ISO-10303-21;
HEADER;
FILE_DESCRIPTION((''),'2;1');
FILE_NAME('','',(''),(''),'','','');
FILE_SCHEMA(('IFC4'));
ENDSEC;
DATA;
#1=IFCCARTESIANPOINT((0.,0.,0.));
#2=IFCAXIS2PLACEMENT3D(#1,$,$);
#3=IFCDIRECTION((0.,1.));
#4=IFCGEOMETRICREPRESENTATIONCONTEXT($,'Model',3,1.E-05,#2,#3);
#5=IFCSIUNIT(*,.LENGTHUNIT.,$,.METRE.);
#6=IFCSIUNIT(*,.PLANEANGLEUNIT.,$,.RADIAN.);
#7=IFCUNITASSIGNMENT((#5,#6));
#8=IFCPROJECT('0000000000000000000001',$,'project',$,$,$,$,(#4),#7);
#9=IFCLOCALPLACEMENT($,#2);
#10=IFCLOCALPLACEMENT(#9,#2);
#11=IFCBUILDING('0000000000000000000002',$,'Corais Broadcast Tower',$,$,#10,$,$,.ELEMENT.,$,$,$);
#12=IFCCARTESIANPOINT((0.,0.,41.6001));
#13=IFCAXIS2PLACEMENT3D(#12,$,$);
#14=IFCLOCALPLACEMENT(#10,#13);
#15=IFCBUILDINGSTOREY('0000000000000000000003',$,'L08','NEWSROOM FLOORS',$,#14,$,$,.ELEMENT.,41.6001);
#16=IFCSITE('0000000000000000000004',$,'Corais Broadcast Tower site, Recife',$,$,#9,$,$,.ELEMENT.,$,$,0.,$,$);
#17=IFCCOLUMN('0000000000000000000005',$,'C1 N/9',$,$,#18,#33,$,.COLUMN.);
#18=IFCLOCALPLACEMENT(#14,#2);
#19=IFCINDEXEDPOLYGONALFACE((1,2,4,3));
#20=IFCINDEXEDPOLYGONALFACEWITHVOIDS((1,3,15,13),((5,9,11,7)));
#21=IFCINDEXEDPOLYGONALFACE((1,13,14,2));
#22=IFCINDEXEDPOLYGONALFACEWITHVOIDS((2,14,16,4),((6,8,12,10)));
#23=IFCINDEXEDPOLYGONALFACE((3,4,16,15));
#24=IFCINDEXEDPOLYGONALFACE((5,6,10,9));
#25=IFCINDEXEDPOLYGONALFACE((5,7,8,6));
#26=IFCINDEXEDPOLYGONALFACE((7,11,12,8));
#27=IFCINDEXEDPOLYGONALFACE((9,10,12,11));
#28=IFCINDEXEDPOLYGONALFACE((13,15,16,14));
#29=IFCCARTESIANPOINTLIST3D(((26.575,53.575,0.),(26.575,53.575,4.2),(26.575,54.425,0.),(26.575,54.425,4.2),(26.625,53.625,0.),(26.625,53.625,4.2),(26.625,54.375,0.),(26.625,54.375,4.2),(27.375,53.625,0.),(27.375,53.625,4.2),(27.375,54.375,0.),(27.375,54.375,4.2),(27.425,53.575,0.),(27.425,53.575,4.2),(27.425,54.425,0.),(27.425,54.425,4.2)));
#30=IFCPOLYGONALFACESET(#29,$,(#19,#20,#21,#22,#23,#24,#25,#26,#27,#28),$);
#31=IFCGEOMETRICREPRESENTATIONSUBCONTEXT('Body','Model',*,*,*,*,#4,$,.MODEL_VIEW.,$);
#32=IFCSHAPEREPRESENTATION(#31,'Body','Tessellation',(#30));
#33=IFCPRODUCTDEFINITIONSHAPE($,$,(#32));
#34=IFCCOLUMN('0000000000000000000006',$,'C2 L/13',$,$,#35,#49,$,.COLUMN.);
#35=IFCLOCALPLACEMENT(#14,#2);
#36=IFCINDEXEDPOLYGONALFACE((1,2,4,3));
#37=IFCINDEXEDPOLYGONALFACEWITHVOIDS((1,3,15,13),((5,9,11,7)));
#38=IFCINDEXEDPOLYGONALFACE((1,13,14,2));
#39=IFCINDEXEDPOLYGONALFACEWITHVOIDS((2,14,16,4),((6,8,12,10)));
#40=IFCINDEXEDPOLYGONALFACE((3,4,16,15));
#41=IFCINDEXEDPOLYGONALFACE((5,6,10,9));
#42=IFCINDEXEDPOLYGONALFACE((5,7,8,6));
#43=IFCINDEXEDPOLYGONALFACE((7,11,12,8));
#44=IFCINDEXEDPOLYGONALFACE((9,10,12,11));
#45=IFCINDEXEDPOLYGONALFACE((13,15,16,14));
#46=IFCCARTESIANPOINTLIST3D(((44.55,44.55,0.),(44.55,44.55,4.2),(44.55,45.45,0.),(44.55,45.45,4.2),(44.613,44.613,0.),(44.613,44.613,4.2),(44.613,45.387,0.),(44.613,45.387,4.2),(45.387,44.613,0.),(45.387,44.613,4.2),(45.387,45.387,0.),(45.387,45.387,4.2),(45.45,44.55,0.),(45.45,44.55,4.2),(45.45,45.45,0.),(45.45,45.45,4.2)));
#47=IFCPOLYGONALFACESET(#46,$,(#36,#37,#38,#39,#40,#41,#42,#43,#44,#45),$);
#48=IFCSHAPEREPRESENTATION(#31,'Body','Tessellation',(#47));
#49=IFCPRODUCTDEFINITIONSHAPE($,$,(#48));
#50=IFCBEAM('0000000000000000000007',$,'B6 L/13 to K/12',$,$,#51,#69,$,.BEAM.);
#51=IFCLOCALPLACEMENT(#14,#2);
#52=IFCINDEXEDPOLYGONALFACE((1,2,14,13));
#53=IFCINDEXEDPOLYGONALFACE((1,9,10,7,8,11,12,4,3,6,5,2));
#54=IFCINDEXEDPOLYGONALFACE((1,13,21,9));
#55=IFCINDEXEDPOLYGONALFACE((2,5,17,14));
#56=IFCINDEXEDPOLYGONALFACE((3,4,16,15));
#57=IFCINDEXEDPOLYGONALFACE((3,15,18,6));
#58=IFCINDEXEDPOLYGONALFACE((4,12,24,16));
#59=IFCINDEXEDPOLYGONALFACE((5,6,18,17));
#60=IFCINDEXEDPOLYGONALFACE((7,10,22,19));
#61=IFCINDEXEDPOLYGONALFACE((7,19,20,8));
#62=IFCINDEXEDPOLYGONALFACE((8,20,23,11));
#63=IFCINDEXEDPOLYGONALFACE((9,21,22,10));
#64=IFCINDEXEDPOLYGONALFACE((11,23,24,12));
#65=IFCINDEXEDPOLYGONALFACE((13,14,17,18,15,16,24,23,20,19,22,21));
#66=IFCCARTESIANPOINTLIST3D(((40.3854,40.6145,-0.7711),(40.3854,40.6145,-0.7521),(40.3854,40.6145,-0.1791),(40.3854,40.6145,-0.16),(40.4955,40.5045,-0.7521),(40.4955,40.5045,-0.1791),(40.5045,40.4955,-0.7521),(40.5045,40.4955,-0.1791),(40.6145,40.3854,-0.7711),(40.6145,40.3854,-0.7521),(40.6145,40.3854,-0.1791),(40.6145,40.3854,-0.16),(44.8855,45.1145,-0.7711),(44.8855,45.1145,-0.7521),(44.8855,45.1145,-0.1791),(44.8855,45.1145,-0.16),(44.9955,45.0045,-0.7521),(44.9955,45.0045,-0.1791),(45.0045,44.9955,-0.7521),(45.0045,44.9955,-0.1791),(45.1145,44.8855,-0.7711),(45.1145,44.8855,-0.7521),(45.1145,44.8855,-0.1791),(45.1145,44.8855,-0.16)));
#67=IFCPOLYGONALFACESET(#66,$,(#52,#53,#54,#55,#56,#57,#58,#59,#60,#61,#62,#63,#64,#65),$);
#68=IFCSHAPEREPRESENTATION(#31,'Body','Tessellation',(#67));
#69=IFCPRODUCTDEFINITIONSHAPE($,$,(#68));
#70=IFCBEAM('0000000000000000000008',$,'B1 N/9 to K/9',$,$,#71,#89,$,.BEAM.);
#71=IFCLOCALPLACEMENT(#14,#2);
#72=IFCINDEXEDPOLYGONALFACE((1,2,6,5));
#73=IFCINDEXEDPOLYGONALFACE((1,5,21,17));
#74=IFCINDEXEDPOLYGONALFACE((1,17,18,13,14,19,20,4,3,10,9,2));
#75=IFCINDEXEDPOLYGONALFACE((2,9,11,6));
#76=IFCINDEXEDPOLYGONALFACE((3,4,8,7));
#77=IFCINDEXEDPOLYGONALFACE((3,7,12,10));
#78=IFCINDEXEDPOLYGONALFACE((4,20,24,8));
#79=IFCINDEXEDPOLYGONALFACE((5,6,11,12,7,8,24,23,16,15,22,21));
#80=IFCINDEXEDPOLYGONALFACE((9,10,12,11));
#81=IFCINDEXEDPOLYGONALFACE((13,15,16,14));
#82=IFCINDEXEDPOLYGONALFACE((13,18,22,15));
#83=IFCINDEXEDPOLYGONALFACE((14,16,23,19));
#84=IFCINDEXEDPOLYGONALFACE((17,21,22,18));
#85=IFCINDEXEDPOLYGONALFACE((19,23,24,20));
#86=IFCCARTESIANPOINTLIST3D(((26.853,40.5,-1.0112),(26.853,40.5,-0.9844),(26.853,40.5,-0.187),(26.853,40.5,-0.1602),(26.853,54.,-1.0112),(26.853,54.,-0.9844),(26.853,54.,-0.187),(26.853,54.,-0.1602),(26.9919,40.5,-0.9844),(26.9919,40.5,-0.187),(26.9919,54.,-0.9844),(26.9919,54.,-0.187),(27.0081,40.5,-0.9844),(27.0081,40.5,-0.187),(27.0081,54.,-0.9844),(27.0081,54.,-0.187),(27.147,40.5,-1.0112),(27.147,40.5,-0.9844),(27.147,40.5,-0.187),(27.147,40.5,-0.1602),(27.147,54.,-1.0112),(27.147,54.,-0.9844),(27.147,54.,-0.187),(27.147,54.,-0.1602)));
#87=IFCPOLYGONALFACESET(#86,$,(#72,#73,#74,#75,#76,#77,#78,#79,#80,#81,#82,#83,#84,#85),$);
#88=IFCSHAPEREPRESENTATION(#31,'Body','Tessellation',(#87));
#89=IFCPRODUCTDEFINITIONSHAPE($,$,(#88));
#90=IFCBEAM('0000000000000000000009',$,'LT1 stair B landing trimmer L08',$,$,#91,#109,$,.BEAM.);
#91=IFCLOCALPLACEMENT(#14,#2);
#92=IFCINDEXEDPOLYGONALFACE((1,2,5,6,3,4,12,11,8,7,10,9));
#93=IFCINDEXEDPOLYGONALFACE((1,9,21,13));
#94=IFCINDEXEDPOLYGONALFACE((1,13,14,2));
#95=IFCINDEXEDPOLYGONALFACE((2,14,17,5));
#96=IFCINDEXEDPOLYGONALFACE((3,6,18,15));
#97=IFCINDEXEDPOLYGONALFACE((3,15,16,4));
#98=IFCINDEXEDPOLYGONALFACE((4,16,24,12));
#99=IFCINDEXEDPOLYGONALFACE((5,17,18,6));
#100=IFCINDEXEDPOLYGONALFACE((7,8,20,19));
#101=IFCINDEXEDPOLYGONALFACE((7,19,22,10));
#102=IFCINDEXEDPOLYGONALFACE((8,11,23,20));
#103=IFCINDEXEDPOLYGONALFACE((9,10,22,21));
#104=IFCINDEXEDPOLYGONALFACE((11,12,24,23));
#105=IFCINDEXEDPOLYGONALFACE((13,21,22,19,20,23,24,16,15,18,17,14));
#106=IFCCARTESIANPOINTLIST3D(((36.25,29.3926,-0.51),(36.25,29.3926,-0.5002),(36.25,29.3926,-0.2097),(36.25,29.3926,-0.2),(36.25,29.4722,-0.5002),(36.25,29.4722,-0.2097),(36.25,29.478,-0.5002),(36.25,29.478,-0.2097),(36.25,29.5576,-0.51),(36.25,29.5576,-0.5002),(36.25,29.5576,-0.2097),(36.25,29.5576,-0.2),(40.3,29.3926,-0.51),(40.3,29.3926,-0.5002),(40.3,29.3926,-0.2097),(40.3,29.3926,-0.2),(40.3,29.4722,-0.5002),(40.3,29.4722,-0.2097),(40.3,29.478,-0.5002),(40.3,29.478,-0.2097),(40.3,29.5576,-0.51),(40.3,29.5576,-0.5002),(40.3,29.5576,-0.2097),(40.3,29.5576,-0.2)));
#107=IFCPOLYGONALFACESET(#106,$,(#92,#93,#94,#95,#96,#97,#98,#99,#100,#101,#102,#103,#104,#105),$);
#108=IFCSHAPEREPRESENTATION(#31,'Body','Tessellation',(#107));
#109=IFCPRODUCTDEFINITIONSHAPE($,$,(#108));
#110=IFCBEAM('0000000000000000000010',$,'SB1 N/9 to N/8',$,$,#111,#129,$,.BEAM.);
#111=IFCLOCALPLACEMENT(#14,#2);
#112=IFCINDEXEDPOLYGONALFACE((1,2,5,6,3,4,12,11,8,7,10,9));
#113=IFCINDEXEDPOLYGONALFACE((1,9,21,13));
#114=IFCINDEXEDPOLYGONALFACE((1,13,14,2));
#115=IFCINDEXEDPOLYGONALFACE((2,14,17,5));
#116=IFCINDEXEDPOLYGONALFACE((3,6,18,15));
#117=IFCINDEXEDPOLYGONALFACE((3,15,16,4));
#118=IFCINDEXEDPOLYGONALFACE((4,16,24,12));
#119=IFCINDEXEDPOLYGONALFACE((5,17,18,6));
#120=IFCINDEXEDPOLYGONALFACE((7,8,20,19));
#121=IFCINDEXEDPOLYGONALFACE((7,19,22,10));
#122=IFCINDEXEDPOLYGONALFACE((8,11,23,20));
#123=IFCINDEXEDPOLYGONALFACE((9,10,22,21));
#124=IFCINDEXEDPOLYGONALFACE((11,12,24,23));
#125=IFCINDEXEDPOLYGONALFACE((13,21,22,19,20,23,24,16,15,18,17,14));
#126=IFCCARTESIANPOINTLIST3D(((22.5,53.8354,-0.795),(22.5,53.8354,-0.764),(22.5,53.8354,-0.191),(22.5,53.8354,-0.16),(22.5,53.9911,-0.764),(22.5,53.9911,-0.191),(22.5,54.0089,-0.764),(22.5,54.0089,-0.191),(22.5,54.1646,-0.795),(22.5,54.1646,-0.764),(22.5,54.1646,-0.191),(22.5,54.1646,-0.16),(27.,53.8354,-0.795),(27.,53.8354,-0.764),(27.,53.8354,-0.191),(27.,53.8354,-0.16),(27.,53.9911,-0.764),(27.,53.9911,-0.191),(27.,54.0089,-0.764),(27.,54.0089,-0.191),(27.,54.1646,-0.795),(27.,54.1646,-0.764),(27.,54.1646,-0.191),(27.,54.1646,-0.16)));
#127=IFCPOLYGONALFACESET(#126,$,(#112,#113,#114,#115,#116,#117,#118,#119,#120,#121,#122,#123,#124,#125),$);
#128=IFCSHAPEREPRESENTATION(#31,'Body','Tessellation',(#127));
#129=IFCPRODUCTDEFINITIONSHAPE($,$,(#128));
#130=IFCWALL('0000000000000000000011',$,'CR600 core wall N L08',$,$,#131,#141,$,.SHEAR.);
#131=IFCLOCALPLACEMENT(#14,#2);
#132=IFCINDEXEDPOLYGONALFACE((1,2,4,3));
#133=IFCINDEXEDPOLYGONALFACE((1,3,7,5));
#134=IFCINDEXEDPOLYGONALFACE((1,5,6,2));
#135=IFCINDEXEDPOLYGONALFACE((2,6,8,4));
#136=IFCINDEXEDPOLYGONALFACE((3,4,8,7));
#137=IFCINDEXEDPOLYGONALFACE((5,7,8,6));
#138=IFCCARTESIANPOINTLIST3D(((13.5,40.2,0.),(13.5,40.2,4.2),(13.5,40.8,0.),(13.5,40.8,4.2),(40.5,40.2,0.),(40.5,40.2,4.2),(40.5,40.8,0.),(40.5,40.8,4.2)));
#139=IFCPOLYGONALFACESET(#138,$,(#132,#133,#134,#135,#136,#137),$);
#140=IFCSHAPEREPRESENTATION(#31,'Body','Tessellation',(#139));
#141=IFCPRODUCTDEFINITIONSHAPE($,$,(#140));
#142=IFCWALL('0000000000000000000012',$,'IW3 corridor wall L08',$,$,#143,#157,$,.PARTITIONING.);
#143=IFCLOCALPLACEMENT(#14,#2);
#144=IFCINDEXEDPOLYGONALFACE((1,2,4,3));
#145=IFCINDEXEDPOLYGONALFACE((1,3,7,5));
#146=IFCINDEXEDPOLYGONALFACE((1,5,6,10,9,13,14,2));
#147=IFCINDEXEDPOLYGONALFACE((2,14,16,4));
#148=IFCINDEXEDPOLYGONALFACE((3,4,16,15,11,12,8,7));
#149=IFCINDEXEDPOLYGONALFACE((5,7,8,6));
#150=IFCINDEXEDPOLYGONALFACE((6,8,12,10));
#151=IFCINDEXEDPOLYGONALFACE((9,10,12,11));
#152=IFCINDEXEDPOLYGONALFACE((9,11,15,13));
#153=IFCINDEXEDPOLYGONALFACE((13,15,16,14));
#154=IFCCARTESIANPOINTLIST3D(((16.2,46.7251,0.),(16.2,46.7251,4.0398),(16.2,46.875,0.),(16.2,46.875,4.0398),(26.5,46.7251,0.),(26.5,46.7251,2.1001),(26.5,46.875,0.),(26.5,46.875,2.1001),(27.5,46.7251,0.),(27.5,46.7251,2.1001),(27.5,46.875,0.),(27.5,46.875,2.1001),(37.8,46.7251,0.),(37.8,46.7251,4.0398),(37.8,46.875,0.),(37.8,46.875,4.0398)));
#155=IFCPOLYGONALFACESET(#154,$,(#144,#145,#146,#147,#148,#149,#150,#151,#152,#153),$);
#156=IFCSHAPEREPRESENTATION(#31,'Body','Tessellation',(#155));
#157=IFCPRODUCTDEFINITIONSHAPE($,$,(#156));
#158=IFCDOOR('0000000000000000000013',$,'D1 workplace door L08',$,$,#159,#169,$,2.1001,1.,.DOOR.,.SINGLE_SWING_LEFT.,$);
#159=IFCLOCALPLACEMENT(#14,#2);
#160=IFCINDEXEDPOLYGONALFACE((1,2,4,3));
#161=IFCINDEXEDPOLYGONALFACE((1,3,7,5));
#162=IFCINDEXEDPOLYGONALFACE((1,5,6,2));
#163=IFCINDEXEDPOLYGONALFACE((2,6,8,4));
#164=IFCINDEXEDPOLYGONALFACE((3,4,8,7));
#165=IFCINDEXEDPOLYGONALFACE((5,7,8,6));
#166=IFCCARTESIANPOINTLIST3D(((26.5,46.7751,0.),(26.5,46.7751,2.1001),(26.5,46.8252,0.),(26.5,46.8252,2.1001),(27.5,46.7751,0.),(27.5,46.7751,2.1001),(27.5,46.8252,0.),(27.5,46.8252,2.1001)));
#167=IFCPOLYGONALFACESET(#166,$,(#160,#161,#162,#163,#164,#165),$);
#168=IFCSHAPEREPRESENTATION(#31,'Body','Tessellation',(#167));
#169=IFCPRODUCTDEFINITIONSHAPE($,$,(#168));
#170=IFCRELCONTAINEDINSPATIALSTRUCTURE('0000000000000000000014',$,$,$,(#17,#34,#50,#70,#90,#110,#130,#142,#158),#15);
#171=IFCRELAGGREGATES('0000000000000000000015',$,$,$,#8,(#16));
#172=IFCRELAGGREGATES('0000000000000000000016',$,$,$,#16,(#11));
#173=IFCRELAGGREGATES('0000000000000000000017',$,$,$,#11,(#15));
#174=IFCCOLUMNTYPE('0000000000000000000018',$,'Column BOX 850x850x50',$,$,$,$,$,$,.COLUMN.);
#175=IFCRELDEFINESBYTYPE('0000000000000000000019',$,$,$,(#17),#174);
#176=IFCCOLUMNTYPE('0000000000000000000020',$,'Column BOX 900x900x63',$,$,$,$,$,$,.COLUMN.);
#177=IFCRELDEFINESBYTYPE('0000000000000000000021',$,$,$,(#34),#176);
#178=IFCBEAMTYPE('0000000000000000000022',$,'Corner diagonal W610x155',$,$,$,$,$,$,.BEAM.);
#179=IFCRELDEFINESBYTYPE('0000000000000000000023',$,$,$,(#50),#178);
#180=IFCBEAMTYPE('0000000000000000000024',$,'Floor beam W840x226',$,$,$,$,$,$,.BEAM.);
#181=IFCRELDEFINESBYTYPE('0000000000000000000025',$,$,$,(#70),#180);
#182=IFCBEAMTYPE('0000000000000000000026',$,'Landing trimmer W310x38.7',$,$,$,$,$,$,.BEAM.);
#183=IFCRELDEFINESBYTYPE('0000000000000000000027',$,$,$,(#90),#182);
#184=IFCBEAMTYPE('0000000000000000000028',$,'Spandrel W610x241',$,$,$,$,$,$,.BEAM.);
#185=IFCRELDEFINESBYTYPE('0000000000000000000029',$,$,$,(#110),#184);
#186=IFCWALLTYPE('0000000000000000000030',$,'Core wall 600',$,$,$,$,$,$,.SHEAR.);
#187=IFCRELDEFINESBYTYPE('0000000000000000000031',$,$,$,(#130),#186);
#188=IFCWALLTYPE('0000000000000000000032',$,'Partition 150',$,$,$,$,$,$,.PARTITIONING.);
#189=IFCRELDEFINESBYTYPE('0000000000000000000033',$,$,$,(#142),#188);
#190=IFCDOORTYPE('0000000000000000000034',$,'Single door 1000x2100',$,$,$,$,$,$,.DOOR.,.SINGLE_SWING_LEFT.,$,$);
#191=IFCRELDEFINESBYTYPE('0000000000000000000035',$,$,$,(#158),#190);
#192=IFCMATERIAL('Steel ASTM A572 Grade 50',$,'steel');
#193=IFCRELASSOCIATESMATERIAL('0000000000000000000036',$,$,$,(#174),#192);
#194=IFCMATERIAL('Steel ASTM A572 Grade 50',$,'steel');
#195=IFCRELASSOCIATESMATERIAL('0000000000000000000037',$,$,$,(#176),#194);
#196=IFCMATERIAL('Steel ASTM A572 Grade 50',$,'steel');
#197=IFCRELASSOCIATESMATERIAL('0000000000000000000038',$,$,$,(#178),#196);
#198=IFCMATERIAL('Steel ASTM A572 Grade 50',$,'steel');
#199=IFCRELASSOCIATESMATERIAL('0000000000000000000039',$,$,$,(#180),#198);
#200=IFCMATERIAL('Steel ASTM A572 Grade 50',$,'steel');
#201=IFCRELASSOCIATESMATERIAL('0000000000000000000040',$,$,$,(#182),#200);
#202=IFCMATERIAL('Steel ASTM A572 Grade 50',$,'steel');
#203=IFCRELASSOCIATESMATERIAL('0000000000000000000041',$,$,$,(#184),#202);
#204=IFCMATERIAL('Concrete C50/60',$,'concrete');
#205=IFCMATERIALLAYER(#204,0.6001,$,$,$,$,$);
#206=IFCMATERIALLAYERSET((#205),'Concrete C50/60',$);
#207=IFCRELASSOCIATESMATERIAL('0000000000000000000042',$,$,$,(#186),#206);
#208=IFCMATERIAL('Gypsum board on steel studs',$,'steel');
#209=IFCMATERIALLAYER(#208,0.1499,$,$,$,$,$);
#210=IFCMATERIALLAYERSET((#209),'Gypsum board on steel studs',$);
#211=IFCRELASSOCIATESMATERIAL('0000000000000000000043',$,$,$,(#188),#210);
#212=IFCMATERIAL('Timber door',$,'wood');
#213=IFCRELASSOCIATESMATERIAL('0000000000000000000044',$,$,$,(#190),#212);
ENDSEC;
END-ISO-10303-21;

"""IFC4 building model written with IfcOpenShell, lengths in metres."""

from ifc_helpers import new_model, si_unit, direction, frame, frame_2d, origin, origin_2d, place, context, subcontext, project, spatial, rectangle, hollow_rectangle, i_section, extrude, material, layer, layer_set, material_profile, profile_set, type_object, element, fill, save


model = new_model("IFC4")

# Units and contexts
model_context = context("Model", 3, precision=1e-05, world=origin(), true_north=direction((0.0, 1.0)))
body_context = subcontext(model_context, "Body", "Model", "MODEL_VIEW")
ifc_project = project(units=[si_unit("LENGTHUNIT", "METRE"), si_unit("PLANEANGLEUNIT", "RADIAN")], contexts=[model_context])

# Site, building, storey
site_placement = place(None, origin())
site = spatial("IfcSite", under=ifc_project, at=site_placement, Name="Corais Broadcast Tower site, Recife", CompositionType="ELEMENT", RefElevation=0.0)
building_placement = place(site_placement, origin())
building = spatial("IfcBuilding", under=site, at=building_placement, Name="Corais Broadcast Tower", CompositionType="ELEMENT")
storey_placement = place(building_placement, frame((0.0, 0.0, 41.6001)))
storey = spatial("IfcBuildingStorey", under=building, at=storey_placement, Name="L08", Description="NEWSROOM FLOORS", CompositionType="ELEMENT", Elevation=41.6001)

# Columns
ifc_material_1 = material(Name="Steel ASTM A572 Grade 50", Category="steel")
ifc_material_profile_1 = material_profile(ifc_material_1, hollow_rectangle(XDim=0.8501, YDim=0.8501, WallThickness=0.05, at=origin_2d()), Name="BOX 850x850x50")
ifc_profile_set_1 = profile_set([ifc_material_profile_1], Name="Steel ASTM A572 Grade 50")
column_type_1 = type_object("IfcColumnType", Name="Column BOX 850x850x50", PredefinedType="COLUMN", material=ifc_profile_set_1)
column_1_placement = place(storey_placement, frame((27.0, 54.0, 0.0), z_axis=(0.0, 0.0, 1.0), x_axis=(1.0, 0.0, 0.0)))
element("IfcColumn", 1, at=column_1_placement, inside=storey, type_object=column_type_1, Name="C1 N/9", PredefinedType="COLUMN", context=body_context, shape_type="SweptSolid", body=[
    extrude(hollow_rectangle(XDim=0.8501, YDim=0.8501, WallThickness=0.05, at=origin_2d()), origin(), (0.0, 0.0, 1.0), 4.2),
])
ifc_material_2 = material(Name="Steel ASTM A572 Grade 50", Category="steel")
ifc_material_profile_2 = material_profile(ifc_material_2, hollow_rectangle(XDim=0.8999, YDim=0.8999, WallThickness=0.063, at=origin_2d()), Name="BOX 900x900x63")
ifc_profile_set_2 = profile_set([ifc_material_profile_2], Name="Steel ASTM A572 Grade 50")
column_type_2 = type_object("IfcColumnType", Name="Column BOX 900x900x63", PredefinedType="COLUMN", material=ifc_profile_set_2)
column_2_placement = place(storey_placement, frame((45.0, 45.0, 0.0), z_axis=(0.0, 0.0, 1.0), x_axis=(1.0, 0.0, 0.0)))
element("IfcColumn", 2, at=column_2_placement, inside=storey, type_object=column_type_2, Name="C2 L/13", PredefinedType="COLUMN", context=body_context, shape_type="SweptSolid", body=[
    extrude(hollow_rectangle(XDim=0.8999, YDim=0.8999, WallThickness=0.063, at=origin_2d()), origin(), (0.0, 0.0, 1.0), 4.2),
])

# Beams
ifc_material_3 = material(Name="Steel ASTM A572 Grade 50", Category="steel")
ifc_material_profile_3 = material_profile(ifc_material_3, i_section(OverallWidth=0.324, OverallDepth=0.6111, WebThickness=0.0127, FlangeThickness=0.019, at=origin_2d()), Name="W610x155")
ifc_profile_set_3 = profile_set([ifc_material_profile_3], Name="Steel ASTM A572 Grade 50")
beam_type_1 = type_object("IfcBeamType", Name="Corner diagonal W610x155", PredefinedType="BEAM", material=ifc_profile_set_3)
beam_1_placement = place(storey_placement, frame((45.0, 45.0, -0.4656), z_axis=(-0.707107, -0.707107, 0.0), x_axis=(0.707107, -0.707107, 0.0)))
element("IfcBeam", 3, at=beam_1_placement, inside=storey, type_object=beam_type_1, Name="B6 L/13 to K/12", PredefinedType="BEAM", context=body_context, shape_type="SweptSolid", body=[
    extrude(i_section(OverallWidth=0.324, OverallDepth=0.6111, WebThickness=0.0127, FlangeThickness=0.019, at=origin_2d()), origin(), (0.0, 0.0, 1.0), 6.364),
])
ifc_material_4 = material(Name="Steel ASTM A572 Grade 50", Category="steel")
ifc_material_profile_4 = material_profile(ifc_material_4, i_section(OverallWidth=0.2939, OverallDepth=0.8511, WebThickness=0.0161, FlangeThickness=0.0269, at=origin_2d()), Name="W840x226")
ifc_profile_set_4 = profile_set([ifc_material_profile_4], Name="Steel ASTM A572 Grade 50")
beam_type_2 = type_object("IfcBeamType", Name="Floor beam W840x226", PredefinedType="BEAM", material=ifc_profile_set_4)
beam_2_placement = place(storey_placement, frame((27.0, 54.0, -0.5857), z_axis=(0.0, -1.0, 0.0), x_axis=(1.0, 0.0, 0.0)))
element("IfcBeam", 4, at=beam_2_placement, inside=storey, type_object=beam_type_2, Name="B1 N/9 to K/9", PredefinedType="BEAM", context=body_context, shape_type="SweptSolid", body=[
    extrude(i_section(OverallWidth=0.2939, OverallDepth=0.8511, WebThickness=0.0161, FlangeThickness=0.0269, at=origin_2d()), origin(), (0.0, 0.0, 1.0), 13.5),
])
ifc_material_5 = material(Name="Steel ASTM A572 Grade 50", Category="steel")
ifc_material_profile_5 = material_profile(ifc_material_5, i_section(OverallWidth=0.165, OverallDepth=0.3101, WebThickness=0.0059, FlangeThickness=0.0098, at=origin_2d()), Name="W310x38.7")
ifc_profile_set_5 = profile_set([ifc_material_profile_5], Name="Steel ASTM A572 Grade 50")
beam_type_3 = type_object("IfcBeamType", Name="Landing trimmer W310x38.7", PredefinedType="BEAM", material=ifc_profile_set_5)
beam_3_placement = place(storey_placement, frame((36.25, 29.4751, -0.355), z_axis=(1.0, 0.0, 0.0), x_axis=(0.0, 1.0, 0.0)))
element("IfcBeam", 5, at=beam_3_placement, inside=storey, type_object=beam_type_3, Name="LT1 stair B landing trimmer L08", PredefinedType="BEAM", context=body_context, shape_type="SweptSolid", body=[
    extrude(i_section(OverallWidth=0.165, OverallDepth=0.3101, WebThickness=0.0059, FlangeThickness=0.0098, at=origin_2d()), origin(), (0.0, 0.0, 1.0), 4.05),
])
ifc_material_6 = material(Name="Steel ASTM A572 Grade 50", Category="steel")
ifc_material_profile_6 = material_profile(ifc_material_6, i_section(OverallWidth=0.3291, OverallDepth=0.635, WebThickness=0.0178, FlangeThickness=0.031, at=origin_2d()), Name="W610x241")
ifc_profile_set_6 = profile_set([ifc_material_profile_6], Name="Steel ASTM A572 Grade 50")
beam_type_4 = type_object("IfcBeamType", Name="Spandrel W610x241", PredefinedType="BEAM", material=ifc_profile_set_6)
beam_4_placement = place(storey_placement, frame((27.0, 54.0, -0.4775), z_axis=(-1.0, 0.0, 0.0), x_axis=(0.0, -1.0, 0.0)))
element("IfcBeam", 6, at=beam_4_placement, inside=storey, type_object=beam_type_4, Name="SB1 N/9 to N/8", PredefinedType="BEAM", context=body_context, shape_type="SweptSolid", body=[
    extrude(i_section(OverallWidth=0.3291, OverallDepth=0.635, WebThickness=0.0178, FlangeThickness=0.031, at=origin_2d()), origin(), (0.0, 0.0, 1.0), 4.5),
])

# Wall
ifc_material_7 = material(Name="Concrete C50/60", Category="concrete")
ifc_layer_1 = layer(ifc_material_7, 0.6001)
ifc_layer_set_1 = layer_set([ifc_layer_1], Name="Concrete C50/60")
wall_type_1 = type_object("IfcWallType", Name="Core wall 600", PredefinedType="SHEAR", material=ifc_layer_set_1)
wall_1_placement = place(storey_placement, frame((40.5, 40.5, 0.0), z_axis=(0.0, 0.0, 1.0), x_axis=(-1.0, 0.0, 0.0)))
element("IfcWall", 7, at=wall_1_placement, inside=storey, type_object=wall_type_1, Name="CR600 core wall N L08", PredefinedType="SHEAR", context=body_context, shape_type="SweptSolid", body=[
    extrude(rectangle(XDim=27.0, YDim=0.6001, at=frame_2d((13.5, 0.0))), origin(), (0.0, 0.0, 1.0), 4.2),
])

# Wall, opening, door
ifc_material_8 = material(Name="Gypsum board on steel studs", Category="steel")
ifc_layer_2 = layer(ifc_material_8, 0.1499)
ifc_layer_set_2 = layer_set([ifc_layer_2], Name="Gypsum board on steel studs")
wall_type_2 = type_object("IfcWallType", Name="Partition 150", PredefinedType="PARTITIONING", material=ifc_layer_set_2)
wall_2_placement = place(storey_placement, frame((37.8, 46.8, 0.0), z_axis=(0.0, 0.0, 1.0), x_axis=(-1.0, 0.0, 0.0)))
wall_2 = element("IfcWall", 8, at=wall_2_placement, inside=storey, type_object=wall_type_2, Name="IW3 corridor wall L08", PredefinedType="PARTITIONING", context=body_context, shape_type="SweptSolid", body=[
    extrude(rectangle(XDim=21.6001, YDim=0.1499, at=frame_2d((10.8, 0.0))), origin(), (0.0, 0.0, 1.0), 4.0398),
])
opening_1_placement = place(wall_2_placement, frame((10.3, 0.0, 0.0)))
opening_1 = element("IfcOpeningElement", 9, at=opening_1_placement, cuts=wall_2, PredefinedType="OPENING", context=body_context, shape_type="SweptSolid", body=[
    extrude(rectangle(XDim=1.0, YDim=2.1001, at=frame_2d((0.5, 1.05))), frame((0.0, 0.085, 0.0), z_axis=(0.0, -1.0, 0.0), x_axis=(1.0, 0.0, 0.0)), (0.0, 0.0, 1.0), 0.1699),
])
ifc_material_9 = material(Name="Timber door", Category="wood")
door_type = type_object("IfcDoorType", Name="Single door 1000x2100", OperationType="SINGLE_SWING_LEFT", PredefinedType="DOOR", material=ifc_material_9)
door_1_placement = place(opening_1_placement, origin())
door_1 = element("IfcDoor", 10, at=door_1_placement, inside=storey, type_object=door_type, Name="D1 workplace door L08", OperationType="SINGLE_SWING_LEFT", OverallHeight=2.1001, OverallWidth=1.0, PredefinedType="DOOR", context=body_context, shape_type="SweptSolid", body=[
    extrude(rectangle(XDim=1.0, YDim=2.1001, at=frame_2d((0.5, 1.05))), frame((0.0, 0.0249, 0.0), z_axis=(0.0, -1.0, 0.0), x_axis=(1.0, 0.0, 0.0)), (0.0, 0.0, 1.0), 0.05),
])
fill(opening_1, door_1)

save(model, "model.ifc")
